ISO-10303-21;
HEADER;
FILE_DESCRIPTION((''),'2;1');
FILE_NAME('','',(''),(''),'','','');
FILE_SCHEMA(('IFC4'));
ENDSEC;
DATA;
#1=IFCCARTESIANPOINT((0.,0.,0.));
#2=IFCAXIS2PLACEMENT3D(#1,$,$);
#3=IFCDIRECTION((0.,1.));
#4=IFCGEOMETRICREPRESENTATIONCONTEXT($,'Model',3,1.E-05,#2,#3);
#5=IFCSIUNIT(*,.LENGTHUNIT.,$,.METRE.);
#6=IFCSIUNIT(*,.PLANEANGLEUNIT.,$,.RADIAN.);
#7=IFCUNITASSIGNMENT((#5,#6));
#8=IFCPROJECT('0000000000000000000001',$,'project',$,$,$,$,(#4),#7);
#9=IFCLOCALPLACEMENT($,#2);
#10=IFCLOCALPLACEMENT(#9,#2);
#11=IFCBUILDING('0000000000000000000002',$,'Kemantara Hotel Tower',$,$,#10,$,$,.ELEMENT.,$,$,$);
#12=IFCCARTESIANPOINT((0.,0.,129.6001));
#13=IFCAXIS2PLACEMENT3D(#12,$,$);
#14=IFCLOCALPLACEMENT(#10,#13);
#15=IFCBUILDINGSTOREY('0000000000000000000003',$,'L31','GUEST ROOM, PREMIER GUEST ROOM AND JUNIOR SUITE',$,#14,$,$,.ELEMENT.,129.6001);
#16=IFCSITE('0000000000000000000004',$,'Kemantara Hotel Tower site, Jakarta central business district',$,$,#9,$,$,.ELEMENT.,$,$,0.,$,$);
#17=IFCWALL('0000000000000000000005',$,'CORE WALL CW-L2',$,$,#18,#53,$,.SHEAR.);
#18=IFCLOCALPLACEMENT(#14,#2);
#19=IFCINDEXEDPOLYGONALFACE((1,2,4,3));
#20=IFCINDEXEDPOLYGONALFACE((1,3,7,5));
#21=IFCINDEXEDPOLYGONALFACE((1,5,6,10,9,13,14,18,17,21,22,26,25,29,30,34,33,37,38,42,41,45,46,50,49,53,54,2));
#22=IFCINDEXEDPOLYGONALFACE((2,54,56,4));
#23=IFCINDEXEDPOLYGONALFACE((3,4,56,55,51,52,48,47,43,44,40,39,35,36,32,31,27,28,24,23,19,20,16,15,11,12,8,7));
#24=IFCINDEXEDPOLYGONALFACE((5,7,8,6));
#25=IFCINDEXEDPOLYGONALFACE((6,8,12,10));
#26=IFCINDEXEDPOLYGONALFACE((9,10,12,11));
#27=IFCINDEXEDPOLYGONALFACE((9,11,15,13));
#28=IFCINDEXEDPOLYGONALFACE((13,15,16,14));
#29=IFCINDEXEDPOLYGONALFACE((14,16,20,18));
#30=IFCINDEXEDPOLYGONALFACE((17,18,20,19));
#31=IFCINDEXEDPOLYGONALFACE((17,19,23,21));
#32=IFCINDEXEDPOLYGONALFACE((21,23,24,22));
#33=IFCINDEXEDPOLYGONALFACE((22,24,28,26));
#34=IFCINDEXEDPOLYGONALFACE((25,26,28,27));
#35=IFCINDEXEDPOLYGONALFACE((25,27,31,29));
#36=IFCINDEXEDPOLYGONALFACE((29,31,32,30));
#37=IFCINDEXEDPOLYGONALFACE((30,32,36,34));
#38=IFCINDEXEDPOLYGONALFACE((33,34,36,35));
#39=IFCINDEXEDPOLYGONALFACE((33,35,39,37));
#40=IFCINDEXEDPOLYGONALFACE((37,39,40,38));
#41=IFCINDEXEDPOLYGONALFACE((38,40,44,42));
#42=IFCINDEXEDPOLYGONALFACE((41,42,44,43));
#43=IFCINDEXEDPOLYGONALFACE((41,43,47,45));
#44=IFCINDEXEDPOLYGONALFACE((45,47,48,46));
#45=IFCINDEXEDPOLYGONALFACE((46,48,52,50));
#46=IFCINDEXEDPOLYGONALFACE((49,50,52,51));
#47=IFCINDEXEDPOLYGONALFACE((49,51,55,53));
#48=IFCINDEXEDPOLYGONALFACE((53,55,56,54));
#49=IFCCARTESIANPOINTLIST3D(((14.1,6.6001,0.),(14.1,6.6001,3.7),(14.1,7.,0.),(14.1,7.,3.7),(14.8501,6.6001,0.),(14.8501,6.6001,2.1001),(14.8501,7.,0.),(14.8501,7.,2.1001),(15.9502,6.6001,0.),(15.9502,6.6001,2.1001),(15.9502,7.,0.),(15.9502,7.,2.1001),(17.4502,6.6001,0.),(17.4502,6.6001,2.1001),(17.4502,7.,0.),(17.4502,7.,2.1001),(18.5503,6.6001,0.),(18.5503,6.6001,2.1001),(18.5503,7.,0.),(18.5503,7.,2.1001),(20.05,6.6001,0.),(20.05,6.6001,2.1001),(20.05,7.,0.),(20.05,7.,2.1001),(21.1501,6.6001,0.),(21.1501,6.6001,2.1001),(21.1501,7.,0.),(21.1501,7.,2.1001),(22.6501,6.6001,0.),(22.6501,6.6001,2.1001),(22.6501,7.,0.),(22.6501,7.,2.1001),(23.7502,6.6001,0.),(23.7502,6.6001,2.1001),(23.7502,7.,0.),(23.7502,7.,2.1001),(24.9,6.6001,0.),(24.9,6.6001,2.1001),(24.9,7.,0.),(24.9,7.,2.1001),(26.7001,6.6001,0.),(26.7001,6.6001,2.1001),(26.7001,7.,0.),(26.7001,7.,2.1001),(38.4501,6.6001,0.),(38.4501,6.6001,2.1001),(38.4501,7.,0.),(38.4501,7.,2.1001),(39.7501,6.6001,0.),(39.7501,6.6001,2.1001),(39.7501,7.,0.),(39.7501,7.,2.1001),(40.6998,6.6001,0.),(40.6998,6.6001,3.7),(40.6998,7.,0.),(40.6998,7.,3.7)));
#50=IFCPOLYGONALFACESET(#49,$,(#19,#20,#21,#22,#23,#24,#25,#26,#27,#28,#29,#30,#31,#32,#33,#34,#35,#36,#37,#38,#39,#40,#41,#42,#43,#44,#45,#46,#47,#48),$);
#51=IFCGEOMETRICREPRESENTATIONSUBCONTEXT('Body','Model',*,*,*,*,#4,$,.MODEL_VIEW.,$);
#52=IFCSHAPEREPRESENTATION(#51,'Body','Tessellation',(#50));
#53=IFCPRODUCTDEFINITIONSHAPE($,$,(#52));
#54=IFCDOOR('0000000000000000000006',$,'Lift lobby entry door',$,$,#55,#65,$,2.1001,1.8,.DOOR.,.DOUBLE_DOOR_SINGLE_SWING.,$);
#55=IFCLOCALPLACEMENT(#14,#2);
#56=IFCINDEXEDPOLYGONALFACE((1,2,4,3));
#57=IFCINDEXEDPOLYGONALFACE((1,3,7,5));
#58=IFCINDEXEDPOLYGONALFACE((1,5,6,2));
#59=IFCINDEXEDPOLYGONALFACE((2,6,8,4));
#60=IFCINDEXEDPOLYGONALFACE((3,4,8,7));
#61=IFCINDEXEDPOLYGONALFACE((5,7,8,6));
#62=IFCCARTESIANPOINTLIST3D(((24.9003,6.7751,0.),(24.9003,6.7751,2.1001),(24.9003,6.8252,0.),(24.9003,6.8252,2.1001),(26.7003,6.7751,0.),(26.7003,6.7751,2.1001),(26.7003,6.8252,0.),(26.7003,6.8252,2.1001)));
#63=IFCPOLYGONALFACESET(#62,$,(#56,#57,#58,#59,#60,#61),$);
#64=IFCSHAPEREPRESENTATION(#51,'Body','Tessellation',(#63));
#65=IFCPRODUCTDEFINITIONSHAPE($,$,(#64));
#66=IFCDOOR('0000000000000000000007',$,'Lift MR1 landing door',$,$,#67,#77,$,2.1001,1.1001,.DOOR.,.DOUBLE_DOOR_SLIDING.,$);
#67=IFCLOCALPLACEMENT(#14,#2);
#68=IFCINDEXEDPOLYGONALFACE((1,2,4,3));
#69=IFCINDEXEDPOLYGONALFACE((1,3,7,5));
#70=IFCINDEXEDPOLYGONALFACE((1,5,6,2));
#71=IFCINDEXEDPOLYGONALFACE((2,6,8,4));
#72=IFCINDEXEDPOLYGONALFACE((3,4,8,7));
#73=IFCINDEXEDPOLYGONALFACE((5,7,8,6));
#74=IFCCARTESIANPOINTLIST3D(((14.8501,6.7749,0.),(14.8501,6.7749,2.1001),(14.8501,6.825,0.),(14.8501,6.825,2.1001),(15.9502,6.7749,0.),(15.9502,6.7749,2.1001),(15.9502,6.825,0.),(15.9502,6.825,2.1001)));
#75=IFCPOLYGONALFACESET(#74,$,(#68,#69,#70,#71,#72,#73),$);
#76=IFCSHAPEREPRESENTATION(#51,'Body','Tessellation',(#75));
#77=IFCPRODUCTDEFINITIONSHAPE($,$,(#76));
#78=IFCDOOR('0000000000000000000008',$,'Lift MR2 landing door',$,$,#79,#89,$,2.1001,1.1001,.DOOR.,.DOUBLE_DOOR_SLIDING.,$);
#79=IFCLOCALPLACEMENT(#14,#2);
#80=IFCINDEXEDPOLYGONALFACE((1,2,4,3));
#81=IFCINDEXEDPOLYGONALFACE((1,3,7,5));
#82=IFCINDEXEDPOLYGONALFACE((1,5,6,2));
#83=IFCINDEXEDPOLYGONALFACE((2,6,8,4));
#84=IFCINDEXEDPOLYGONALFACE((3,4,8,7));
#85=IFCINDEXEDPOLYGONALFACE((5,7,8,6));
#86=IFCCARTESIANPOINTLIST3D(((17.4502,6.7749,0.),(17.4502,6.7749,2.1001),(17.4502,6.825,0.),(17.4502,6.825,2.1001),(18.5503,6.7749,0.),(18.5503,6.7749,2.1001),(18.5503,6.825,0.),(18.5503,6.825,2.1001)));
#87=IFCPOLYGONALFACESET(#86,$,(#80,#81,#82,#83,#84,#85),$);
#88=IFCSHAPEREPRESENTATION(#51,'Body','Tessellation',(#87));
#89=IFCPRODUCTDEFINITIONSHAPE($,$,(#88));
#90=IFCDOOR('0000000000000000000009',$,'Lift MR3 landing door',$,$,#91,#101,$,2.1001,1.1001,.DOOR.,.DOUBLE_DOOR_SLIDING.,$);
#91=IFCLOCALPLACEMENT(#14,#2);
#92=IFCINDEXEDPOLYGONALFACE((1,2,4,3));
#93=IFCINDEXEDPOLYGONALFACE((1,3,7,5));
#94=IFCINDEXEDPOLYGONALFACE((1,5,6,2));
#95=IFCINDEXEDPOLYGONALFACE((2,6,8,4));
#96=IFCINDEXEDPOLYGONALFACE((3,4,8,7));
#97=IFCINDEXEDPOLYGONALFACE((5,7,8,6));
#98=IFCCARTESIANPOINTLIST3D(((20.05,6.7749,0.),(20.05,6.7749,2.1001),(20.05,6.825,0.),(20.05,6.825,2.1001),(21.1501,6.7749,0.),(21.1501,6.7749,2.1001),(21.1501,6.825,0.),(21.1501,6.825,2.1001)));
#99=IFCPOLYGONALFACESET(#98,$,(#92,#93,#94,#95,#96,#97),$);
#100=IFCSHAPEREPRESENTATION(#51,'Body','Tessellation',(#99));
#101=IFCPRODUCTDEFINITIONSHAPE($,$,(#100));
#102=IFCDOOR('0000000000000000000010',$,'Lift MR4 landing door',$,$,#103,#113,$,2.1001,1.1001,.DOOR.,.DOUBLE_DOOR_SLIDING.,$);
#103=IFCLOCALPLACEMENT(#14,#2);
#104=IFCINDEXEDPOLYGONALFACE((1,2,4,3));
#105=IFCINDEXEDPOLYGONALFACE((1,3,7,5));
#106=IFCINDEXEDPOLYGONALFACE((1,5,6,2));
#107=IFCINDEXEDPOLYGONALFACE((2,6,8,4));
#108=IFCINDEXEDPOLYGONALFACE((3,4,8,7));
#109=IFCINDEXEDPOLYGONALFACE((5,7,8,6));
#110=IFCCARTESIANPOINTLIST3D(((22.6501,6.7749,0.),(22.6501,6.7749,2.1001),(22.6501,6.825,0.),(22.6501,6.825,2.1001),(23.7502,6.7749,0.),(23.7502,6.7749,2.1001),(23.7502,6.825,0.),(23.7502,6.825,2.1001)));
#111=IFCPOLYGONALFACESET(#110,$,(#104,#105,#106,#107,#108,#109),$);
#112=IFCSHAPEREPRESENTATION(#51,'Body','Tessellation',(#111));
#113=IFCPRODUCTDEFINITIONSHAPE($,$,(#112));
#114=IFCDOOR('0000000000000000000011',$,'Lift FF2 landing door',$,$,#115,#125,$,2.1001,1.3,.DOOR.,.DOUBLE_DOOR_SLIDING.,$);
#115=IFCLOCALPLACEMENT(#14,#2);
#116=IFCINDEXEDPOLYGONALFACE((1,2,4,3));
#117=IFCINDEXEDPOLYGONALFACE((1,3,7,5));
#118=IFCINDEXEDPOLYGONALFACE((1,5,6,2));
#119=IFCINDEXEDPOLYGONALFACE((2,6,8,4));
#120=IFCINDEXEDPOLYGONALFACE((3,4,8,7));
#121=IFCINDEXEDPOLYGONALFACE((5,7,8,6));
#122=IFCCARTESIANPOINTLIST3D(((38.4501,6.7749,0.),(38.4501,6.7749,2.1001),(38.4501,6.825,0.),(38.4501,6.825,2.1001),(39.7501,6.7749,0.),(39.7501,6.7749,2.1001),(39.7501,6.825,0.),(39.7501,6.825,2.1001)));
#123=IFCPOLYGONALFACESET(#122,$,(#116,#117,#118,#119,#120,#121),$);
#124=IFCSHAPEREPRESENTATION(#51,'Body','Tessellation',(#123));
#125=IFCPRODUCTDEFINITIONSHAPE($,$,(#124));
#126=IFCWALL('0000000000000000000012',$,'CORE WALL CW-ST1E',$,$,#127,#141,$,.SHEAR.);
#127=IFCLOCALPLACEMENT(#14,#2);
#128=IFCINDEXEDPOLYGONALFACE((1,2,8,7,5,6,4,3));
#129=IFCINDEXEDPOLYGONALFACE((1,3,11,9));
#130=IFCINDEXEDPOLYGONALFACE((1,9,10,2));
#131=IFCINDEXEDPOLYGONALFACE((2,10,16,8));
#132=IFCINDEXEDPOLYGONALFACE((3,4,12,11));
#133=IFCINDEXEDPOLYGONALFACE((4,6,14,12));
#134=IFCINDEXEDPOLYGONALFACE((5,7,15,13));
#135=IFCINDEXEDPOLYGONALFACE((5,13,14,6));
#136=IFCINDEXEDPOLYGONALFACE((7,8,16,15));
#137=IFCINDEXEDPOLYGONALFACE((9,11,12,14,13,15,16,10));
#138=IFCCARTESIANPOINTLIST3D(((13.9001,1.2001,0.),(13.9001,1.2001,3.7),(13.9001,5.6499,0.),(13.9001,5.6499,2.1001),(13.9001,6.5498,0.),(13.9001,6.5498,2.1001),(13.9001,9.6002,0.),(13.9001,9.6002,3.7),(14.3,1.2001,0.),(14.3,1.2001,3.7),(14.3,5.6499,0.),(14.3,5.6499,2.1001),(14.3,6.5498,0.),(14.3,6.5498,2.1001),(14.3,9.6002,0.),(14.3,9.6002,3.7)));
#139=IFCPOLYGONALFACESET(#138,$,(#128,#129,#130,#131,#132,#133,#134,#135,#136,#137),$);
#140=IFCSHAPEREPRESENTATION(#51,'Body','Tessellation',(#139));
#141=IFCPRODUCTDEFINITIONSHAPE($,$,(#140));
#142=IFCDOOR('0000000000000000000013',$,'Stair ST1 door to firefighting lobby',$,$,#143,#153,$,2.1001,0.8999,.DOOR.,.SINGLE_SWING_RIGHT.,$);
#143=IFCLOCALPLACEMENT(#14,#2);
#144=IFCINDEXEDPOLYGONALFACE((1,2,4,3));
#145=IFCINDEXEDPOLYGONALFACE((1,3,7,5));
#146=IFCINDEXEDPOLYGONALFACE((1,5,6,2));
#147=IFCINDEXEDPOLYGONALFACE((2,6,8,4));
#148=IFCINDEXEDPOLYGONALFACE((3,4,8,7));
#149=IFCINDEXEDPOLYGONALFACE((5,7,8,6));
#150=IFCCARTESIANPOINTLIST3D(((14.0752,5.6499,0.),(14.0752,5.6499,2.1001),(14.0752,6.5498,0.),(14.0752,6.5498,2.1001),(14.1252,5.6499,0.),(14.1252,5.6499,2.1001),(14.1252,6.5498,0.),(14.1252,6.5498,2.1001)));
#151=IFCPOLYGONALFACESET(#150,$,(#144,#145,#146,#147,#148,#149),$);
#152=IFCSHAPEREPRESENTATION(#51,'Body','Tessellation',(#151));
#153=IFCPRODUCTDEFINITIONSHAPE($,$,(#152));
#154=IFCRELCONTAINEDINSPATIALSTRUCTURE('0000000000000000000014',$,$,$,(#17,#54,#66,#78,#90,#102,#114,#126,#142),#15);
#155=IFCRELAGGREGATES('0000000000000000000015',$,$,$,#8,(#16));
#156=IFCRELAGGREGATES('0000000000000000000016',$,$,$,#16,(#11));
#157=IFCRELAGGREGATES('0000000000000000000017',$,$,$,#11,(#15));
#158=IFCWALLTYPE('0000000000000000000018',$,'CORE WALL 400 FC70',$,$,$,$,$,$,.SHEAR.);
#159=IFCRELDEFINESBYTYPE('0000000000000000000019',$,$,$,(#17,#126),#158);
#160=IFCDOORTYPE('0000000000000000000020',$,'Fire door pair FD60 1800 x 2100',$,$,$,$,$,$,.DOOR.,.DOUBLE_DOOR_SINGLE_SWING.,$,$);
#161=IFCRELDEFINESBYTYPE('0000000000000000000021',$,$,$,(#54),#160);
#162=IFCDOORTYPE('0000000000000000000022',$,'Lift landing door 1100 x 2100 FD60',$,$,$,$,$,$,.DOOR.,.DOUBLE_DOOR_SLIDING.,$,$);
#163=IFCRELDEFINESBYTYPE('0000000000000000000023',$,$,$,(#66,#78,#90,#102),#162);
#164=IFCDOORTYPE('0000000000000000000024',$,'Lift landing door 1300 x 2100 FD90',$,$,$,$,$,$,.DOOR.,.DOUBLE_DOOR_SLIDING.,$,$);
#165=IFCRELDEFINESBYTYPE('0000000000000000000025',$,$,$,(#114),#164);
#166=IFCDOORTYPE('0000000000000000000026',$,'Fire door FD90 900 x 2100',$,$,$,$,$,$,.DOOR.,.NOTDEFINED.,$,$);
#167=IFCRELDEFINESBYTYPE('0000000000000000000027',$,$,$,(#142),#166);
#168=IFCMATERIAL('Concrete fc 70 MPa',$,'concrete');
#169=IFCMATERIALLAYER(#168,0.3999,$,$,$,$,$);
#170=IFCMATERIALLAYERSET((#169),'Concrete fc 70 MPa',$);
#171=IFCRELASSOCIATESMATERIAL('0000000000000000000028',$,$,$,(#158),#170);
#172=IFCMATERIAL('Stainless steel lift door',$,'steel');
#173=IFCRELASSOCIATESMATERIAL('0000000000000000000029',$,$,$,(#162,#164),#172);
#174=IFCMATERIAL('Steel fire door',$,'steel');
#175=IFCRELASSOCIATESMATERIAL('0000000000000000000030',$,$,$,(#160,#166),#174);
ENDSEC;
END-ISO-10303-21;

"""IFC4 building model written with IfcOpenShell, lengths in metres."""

from ifc_helpers import new_model, si_unit, direction, frame, frame_2d, origin, place, context, subcontext, project, spatial, rectangle, extrude, material, layer, layer_set, type_object, element, fill, save


model = new_model("IFC4")

# Units and contexts
model_context = context("Model", 3, precision=1e-05, world=origin(), true_north=direction((0.0, 1.0)))
body_context = subcontext(model_context, "Body", "Model", "MODEL_VIEW")
ifc_project = project(units=[si_unit("LENGTHUNIT", "METRE"), si_unit("PLANEANGLEUNIT", "RADIAN")], contexts=[model_context])

# Site, building, storey
site_placement = place(None, origin())
site = spatial("IfcSite", under=ifc_project, at=site_placement, Name="Kemantara Hotel Tower site, Jakarta central business district", CompositionType="ELEMENT", RefElevation=0.0)
building_placement = place(site_placement, origin())
building = spatial("IfcBuilding", under=site, at=building_placement, Name="Kemantara Hotel Tower", CompositionType="ELEMENT")
storey_placement = place(building_placement, frame((0.0, 0.0, 129.6001)))
storey = spatial("IfcBuildingStorey", under=building, at=storey_placement, Name="L31", Description="GUEST ROOM, PREMIER GUEST ROOM AND JUNIOR SUITE", CompositionType="ELEMENT", Elevation=129.6001)

# Wall, openings, doors
ifc_material_1 = material(Name="Concrete fc 70 MPa", Category="concrete")
ifc_layer_1 = layer(ifc_material_1, 0.3999)
ifc_layer_set_1 = layer_set([ifc_layer_1], Name="Concrete fc 70 MPa")
wall_type_1 = type_object("IfcWallType", Name="CORE WALL 400 FC70", PredefinedType="SHEAR", material=ifc_layer_set_1)
ifc_material_2 = material(Name="Steel fire door", Category="steel")
ifc_material_3 = material(Name="Stainless steel lift door", Category="steel")
door_type_1 = type_object("IfcDoorType", Name="Lift landing door 1100 x 2100 FD60", OperationType="DOUBLE_DOOR_SLIDING", PredefinedType="DOOR", material=ifc_material_3)
door_type_2 = type_object("IfcDoorType", Name="Lift landing door 1300 x 2100 FD90", OperationType="DOUBLE_DOOR_SLIDING", PredefinedType="DOOR", material=ifc_material_3)
wall_1_placement = place(storey_placement, frame((14.1001, 6.8, 0.0), z_axis=(0.0, 0.0, 1.0), x_axis=(1.0, 0.0, 0.0)))
wall_1 = element("IfcWall", 1, at=wall_1_placement, inside=storey, type_object=wall_type_1, Name="CORE WALL CW-L2", PredefinedType="SHEAR", context=body_context, shape_type="SweptSolid", body=[
    extrude(rectangle(XDim=26.5999, YDim=0.3999, at=frame_2d((13.2998, 0.0))), origin(), (0.0, 0.0, 1.0), 3.7),
])
opening_1_placement = place(wall_1_placement, frame((10.8, 0.0, 0.0)))
opening_1 = element("IfcOpeningElement", 2, at=opening_1_placement, cuts=wall_1, PredefinedType="OPENING", context=body_context, shape_type="SweptSolid", body=[
    extrude(rectangle(XDim=1.8, YDim=2.1001, at=frame_2d((0.8999, 1.05))), frame((0.0, 0.21, 0.0), z_axis=(0.0, -1.0, 0.0), x_axis=(1.0, 0.0, 0.0)), (0.0, 0.0, 1.0), 0.4199),
])
opening_2_placement = place(wall_1_placement, frame((0.75, 0.0, 0.0)))
opening_2 = element("IfcOpeningElement", 3, at=opening_2_placement, cuts=wall_1, PredefinedType="OPENING", context=body_context, shape_type="SweptSolid", body=[
    extrude(rectangle(XDim=1.1001, YDim=2.1001, at=frame_2d((0.55, 1.05))), frame((0.0, 0.21, 0.0), z_axis=(0.0, -1.0, 0.0), x_axis=(1.0, 0.0, 0.0)), (0.0, 0.0, 1.0), 0.4199),
])
opening_3_placement = place(wall_1_placement, frame((3.3501, 0.0, 0.0)))
opening_3 = element("IfcOpeningElement", 4, at=opening_3_placement, cuts=wall_1, PredefinedType="OPENING", context=body_context, shape_type="SweptSolid", body=[
    extrude(rectangle(XDim=1.1001, YDim=2.1001, at=frame_2d((0.55, 1.05))), frame((0.0, 0.21, 0.0), z_axis=(0.0, -1.0, 0.0), x_axis=(1.0, 0.0, 0.0)), (0.0, 0.0, 1.0), 0.4199),
])
opening_4_placement = place(wall_1_placement, frame((5.95, 0.0, 0.0)))
opening_4 = element("IfcOpeningElement", 5, at=opening_4_placement, cuts=wall_1, PredefinedType="OPENING", context=body_context, shape_type="SweptSolid", body=[
    extrude(rectangle(XDim=1.1001, YDim=2.1001, at=frame_2d((0.55, 1.05))), frame((0.0, 0.21, 0.0), z_axis=(0.0, -1.0, 0.0), x_axis=(1.0, 0.0, 0.0)), (0.0, 0.0, 1.0), 0.4199),
])
opening_5_placement = place(wall_1_placement, frame((8.55, 0.0, 0.0)))
opening_5 = element("IfcOpeningElement", 6, at=opening_5_placement, cuts=wall_1, PredefinedType="OPENING", context=body_context, shape_type="SweptSolid", body=[
    extrude(rectangle(XDim=1.1001, YDim=2.1001, at=frame_2d((0.55, 1.05))), frame((0.0, 0.21, 0.0), z_axis=(0.0, -1.0, 0.0), x_axis=(1.0, 0.0, 0.0)), (0.0, 0.0, 1.0), 0.4199),
])
opening_6_placement = place(wall_1_placement, frame((24.3501, 0.0, 0.0)))
opening_6 = element("IfcOpeningElement", 7, at=opening_6_placement, cuts=wall_1, PredefinedType="OPENING", context=body_context, shape_type="SweptSolid", body=[
    extrude(rectangle(XDim=1.3, YDim=2.1001, at=frame_2d((0.6499, 1.05))), frame((0.0, 0.21, 0.0), z_axis=(0.0, -1.0, 0.0), x_axis=(1.0, 0.0, 0.0)), (0.0, 0.0, 1.0), 0.4199),
])
door_type_3 = type_object("IfcDoorType", Name="Fire door pair FD60 1800 x 2100", OperationType="DOUBLE_DOOR_SINGLE_SWING", PredefinedType="DOOR", material=ifc_material_2)
door_1_placement = place(opening_1_placement, frame((1.8, 0.0, 0.0), z_axis=(0.0, 0.0, 1.0), x_axis=(-1.0, 0.0, 0.0)))
door_1 = element("IfcDoor", 8, at=door_1_placement, inside=storey, type_object=door_type_3, Name="Lift lobby entry door", OperationType="DOUBLE_DOOR_SINGLE_SWING", OverallHeight=2.1001, OverallWidth=1.8, PredefinedType="DOOR", context=body_context, shape_type="SweptSolid", body=[
    extrude(rectangle(XDim=1.8, YDim=2.1001, at=frame_2d((0.8999, 1.05))), frame((0.0, 0.0249, 0.0), z_axis=(0.0, -1.0, 0.0), x_axis=(1.0, 0.0, 0.0)), (0.0, 0.0, 1.0), 0.05),
])
fill(opening_1, door_1)
door_2_placement = place(opening_2_placement, origin())
door_2 = element("IfcDoor", 9, at=door_2_placement, inside=storey, type_object=door_type_1, Name="Lift MR1 landing door", OperationType="DOUBLE_DOOR_SLIDING", OverallHeight=2.1001, OverallWidth=1.1001, PredefinedType="DOOR", context=body_context, shape_type="SweptSolid", body=[
    extrude(rectangle(XDim=1.1001, YDim=2.1001, at=frame_2d((0.55, 1.05))), frame((0.0, 0.0249, 0.0), z_axis=(0.0, -1.0, 0.0), x_axis=(1.0, 0.0, 0.0)), (0.0, 0.0, 1.0), 0.05),
])
fill(opening_2, door_2)
door_3_placement = place(opening_3_placement, origin())
door_3 = element("IfcDoor", 10, at=door_3_placement, inside=storey, type_object=door_type_1, Name="Lift MR2 landing door", OperationType="DOUBLE_DOOR_SLIDING", OverallHeight=2.1001, OverallWidth=1.1001, PredefinedType="DOOR", context=body_context, shape_type="SweptSolid", body=[
    extrude(rectangle(XDim=1.1001, YDim=2.1001, at=frame_2d((0.55, 1.05))), frame((0.0, 0.0249, 0.0), z_axis=(0.0, -1.0, 0.0), x_axis=(1.0, 0.0, 0.0)), (0.0, 0.0, 1.0), 0.05),
])
fill(opening_3, door_3)
door_4_placement = place(opening_4_placement, origin())
door_4 = element("IfcDoor", 11, at=door_4_placement, inside=storey, type_object=door_type_1, Name="Lift MR3 landing door", OperationType="DOUBLE_DOOR_SLIDING", OverallHeight=2.1001, OverallWidth=1.1001, PredefinedType="DOOR", context=body_context, shape_type="SweptSolid", body=[
    extrude(rectangle(XDim=1.1001, YDim=2.1001, at=frame_2d((0.55, 1.05))), frame((0.0, 0.0249, 0.0), z_axis=(0.0, -1.0, 0.0), x_axis=(1.0, 0.0, 0.0)), (0.0, 0.0, 1.0), 0.05),
])
fill(opening_4, door_4)
door_5_placement = place(opening_5_placement, origin())
door_5 = element("IfcDoor", 12, at=door_5_placement, inside=storey, type_object=door_type_1, Name="Lift MR4 landing door", OperationType="DOUBLE_DOOR_SLIDING", OverallHeight=2.1001, OverallWidth=1.1001, PredefinedType="DOOR", context=body_context, shape_type="SweptSolid", body=[
    extrude(rectangle(XDim=1.1001, YDim=2.1001, at=frame_2d((0.55, 1.05))), frame((0.0, 0.0249, 0.0), z_axis=(0.0, -1.0, 0.0), x_axis=(1.0, 0.0, 0.0)), (0.0, 0.0, 1.0), 0.05),
])
fill(opening_5, door_5)
door_6_placement = place(opening_6_placement, origin())
door_6 = element("IfcDoor", 13, at=door_6_placement, inside=storey, type_object=door_type_2, Name="Lift FF2 landing door", OperationType="DOUBLE_DOOR_SLIDING", OverallHeight=2.1001, OverallWidth=1.3, PredefinedType="DOOR", context=body_context, shape_type="SweptSolid", body=[
    extrude(rectangle(XDim=1.3, YDim=2.1001, at=frame_2d((0.6499, 1.05))), frame((0.0, 0.0249, 0.0), z_axis=(0.0, -1.0, 0.0), x_axis=(1.0, 0.0, 0.0)), (0.0, 0.0, 1.0), 0.05),
])
fill(opening_6, door_6)

# Wall, opening, door
wall_2_placement = place(storey_placement, frame((14.1001, 1.2, 0.0), z_axis=(0.0, 0.0, 1.0), x_axis=(0.0, 1.0, 0.0)))
wall_2 = element("IfcWall", 14, at=wall_2_placement, inside=storey, type_object=wall_type_1, Name="CORE WALL CW-ST1E", PredefinedType="SHEAR", context=body_context, shape_type="SweptSolid", body=[
    extrude(rectangle(XDim=8.4001, YDim=0.3999, at=frame_2d((4.2002, 0.0))), origin(), (0.0, 0.0, 1.0), 3.7),
])
opening_7_placement = place(wall_2_placement, frame((4.45, 0.0, 0.0)))
opening_7 = element("IfcOpeningElement", 15, at=opening_7_placement, cuts=wall_2, PredefinedType="OPENING", context=body_context, shape_type="SweptSolid", body=[
    extrude(rectangle(XDim=0.8999, YDim=2.1001, at=frame_2d((0.45, 1.05))), frame((0.0, 0.21, 0.0), z_axis=(0.0, -1.0, 0.0), x_axis=(1.0, 0.0, 0.0)), (0.0, 0.0, 1.0), 0.4199),
])
door_type_4 = type_object("IfcDoorType", Name="Fire door FD90 900 x 2100", OperationType="NOTDEFINED", PredefinedType="DOOR", material=ifc_material_2)
door_7_placement = place(opening_7_placement, origin())
door_7 = element("IfcDoor", 16, at=door_7_placement, inside=storey, type_object=door_type_4, Name="Stair ST1 door to firefighting lobby", OperationType="SINGLE_SWING_RIGHT", OverallHeight=2.1001, OverallWidth=0.8999, PredefinedType="DOOR", context=body_context, shape_type="SweptSolid", body=[
    extrude(rectangle(XDim=0.8999, YDim=2.1001, at=frame_2d((0.45, 1.05))), frame((0.0, 0.0249, 0.0), z_axis=(0.0, -1.0, 0.0), x_axis=(1.0, 0.0, 0.0)), (0.0, 0.0, 1.0), 0.05),
])
fill(opening_7, door_7)

save(model, "model.ifc")
